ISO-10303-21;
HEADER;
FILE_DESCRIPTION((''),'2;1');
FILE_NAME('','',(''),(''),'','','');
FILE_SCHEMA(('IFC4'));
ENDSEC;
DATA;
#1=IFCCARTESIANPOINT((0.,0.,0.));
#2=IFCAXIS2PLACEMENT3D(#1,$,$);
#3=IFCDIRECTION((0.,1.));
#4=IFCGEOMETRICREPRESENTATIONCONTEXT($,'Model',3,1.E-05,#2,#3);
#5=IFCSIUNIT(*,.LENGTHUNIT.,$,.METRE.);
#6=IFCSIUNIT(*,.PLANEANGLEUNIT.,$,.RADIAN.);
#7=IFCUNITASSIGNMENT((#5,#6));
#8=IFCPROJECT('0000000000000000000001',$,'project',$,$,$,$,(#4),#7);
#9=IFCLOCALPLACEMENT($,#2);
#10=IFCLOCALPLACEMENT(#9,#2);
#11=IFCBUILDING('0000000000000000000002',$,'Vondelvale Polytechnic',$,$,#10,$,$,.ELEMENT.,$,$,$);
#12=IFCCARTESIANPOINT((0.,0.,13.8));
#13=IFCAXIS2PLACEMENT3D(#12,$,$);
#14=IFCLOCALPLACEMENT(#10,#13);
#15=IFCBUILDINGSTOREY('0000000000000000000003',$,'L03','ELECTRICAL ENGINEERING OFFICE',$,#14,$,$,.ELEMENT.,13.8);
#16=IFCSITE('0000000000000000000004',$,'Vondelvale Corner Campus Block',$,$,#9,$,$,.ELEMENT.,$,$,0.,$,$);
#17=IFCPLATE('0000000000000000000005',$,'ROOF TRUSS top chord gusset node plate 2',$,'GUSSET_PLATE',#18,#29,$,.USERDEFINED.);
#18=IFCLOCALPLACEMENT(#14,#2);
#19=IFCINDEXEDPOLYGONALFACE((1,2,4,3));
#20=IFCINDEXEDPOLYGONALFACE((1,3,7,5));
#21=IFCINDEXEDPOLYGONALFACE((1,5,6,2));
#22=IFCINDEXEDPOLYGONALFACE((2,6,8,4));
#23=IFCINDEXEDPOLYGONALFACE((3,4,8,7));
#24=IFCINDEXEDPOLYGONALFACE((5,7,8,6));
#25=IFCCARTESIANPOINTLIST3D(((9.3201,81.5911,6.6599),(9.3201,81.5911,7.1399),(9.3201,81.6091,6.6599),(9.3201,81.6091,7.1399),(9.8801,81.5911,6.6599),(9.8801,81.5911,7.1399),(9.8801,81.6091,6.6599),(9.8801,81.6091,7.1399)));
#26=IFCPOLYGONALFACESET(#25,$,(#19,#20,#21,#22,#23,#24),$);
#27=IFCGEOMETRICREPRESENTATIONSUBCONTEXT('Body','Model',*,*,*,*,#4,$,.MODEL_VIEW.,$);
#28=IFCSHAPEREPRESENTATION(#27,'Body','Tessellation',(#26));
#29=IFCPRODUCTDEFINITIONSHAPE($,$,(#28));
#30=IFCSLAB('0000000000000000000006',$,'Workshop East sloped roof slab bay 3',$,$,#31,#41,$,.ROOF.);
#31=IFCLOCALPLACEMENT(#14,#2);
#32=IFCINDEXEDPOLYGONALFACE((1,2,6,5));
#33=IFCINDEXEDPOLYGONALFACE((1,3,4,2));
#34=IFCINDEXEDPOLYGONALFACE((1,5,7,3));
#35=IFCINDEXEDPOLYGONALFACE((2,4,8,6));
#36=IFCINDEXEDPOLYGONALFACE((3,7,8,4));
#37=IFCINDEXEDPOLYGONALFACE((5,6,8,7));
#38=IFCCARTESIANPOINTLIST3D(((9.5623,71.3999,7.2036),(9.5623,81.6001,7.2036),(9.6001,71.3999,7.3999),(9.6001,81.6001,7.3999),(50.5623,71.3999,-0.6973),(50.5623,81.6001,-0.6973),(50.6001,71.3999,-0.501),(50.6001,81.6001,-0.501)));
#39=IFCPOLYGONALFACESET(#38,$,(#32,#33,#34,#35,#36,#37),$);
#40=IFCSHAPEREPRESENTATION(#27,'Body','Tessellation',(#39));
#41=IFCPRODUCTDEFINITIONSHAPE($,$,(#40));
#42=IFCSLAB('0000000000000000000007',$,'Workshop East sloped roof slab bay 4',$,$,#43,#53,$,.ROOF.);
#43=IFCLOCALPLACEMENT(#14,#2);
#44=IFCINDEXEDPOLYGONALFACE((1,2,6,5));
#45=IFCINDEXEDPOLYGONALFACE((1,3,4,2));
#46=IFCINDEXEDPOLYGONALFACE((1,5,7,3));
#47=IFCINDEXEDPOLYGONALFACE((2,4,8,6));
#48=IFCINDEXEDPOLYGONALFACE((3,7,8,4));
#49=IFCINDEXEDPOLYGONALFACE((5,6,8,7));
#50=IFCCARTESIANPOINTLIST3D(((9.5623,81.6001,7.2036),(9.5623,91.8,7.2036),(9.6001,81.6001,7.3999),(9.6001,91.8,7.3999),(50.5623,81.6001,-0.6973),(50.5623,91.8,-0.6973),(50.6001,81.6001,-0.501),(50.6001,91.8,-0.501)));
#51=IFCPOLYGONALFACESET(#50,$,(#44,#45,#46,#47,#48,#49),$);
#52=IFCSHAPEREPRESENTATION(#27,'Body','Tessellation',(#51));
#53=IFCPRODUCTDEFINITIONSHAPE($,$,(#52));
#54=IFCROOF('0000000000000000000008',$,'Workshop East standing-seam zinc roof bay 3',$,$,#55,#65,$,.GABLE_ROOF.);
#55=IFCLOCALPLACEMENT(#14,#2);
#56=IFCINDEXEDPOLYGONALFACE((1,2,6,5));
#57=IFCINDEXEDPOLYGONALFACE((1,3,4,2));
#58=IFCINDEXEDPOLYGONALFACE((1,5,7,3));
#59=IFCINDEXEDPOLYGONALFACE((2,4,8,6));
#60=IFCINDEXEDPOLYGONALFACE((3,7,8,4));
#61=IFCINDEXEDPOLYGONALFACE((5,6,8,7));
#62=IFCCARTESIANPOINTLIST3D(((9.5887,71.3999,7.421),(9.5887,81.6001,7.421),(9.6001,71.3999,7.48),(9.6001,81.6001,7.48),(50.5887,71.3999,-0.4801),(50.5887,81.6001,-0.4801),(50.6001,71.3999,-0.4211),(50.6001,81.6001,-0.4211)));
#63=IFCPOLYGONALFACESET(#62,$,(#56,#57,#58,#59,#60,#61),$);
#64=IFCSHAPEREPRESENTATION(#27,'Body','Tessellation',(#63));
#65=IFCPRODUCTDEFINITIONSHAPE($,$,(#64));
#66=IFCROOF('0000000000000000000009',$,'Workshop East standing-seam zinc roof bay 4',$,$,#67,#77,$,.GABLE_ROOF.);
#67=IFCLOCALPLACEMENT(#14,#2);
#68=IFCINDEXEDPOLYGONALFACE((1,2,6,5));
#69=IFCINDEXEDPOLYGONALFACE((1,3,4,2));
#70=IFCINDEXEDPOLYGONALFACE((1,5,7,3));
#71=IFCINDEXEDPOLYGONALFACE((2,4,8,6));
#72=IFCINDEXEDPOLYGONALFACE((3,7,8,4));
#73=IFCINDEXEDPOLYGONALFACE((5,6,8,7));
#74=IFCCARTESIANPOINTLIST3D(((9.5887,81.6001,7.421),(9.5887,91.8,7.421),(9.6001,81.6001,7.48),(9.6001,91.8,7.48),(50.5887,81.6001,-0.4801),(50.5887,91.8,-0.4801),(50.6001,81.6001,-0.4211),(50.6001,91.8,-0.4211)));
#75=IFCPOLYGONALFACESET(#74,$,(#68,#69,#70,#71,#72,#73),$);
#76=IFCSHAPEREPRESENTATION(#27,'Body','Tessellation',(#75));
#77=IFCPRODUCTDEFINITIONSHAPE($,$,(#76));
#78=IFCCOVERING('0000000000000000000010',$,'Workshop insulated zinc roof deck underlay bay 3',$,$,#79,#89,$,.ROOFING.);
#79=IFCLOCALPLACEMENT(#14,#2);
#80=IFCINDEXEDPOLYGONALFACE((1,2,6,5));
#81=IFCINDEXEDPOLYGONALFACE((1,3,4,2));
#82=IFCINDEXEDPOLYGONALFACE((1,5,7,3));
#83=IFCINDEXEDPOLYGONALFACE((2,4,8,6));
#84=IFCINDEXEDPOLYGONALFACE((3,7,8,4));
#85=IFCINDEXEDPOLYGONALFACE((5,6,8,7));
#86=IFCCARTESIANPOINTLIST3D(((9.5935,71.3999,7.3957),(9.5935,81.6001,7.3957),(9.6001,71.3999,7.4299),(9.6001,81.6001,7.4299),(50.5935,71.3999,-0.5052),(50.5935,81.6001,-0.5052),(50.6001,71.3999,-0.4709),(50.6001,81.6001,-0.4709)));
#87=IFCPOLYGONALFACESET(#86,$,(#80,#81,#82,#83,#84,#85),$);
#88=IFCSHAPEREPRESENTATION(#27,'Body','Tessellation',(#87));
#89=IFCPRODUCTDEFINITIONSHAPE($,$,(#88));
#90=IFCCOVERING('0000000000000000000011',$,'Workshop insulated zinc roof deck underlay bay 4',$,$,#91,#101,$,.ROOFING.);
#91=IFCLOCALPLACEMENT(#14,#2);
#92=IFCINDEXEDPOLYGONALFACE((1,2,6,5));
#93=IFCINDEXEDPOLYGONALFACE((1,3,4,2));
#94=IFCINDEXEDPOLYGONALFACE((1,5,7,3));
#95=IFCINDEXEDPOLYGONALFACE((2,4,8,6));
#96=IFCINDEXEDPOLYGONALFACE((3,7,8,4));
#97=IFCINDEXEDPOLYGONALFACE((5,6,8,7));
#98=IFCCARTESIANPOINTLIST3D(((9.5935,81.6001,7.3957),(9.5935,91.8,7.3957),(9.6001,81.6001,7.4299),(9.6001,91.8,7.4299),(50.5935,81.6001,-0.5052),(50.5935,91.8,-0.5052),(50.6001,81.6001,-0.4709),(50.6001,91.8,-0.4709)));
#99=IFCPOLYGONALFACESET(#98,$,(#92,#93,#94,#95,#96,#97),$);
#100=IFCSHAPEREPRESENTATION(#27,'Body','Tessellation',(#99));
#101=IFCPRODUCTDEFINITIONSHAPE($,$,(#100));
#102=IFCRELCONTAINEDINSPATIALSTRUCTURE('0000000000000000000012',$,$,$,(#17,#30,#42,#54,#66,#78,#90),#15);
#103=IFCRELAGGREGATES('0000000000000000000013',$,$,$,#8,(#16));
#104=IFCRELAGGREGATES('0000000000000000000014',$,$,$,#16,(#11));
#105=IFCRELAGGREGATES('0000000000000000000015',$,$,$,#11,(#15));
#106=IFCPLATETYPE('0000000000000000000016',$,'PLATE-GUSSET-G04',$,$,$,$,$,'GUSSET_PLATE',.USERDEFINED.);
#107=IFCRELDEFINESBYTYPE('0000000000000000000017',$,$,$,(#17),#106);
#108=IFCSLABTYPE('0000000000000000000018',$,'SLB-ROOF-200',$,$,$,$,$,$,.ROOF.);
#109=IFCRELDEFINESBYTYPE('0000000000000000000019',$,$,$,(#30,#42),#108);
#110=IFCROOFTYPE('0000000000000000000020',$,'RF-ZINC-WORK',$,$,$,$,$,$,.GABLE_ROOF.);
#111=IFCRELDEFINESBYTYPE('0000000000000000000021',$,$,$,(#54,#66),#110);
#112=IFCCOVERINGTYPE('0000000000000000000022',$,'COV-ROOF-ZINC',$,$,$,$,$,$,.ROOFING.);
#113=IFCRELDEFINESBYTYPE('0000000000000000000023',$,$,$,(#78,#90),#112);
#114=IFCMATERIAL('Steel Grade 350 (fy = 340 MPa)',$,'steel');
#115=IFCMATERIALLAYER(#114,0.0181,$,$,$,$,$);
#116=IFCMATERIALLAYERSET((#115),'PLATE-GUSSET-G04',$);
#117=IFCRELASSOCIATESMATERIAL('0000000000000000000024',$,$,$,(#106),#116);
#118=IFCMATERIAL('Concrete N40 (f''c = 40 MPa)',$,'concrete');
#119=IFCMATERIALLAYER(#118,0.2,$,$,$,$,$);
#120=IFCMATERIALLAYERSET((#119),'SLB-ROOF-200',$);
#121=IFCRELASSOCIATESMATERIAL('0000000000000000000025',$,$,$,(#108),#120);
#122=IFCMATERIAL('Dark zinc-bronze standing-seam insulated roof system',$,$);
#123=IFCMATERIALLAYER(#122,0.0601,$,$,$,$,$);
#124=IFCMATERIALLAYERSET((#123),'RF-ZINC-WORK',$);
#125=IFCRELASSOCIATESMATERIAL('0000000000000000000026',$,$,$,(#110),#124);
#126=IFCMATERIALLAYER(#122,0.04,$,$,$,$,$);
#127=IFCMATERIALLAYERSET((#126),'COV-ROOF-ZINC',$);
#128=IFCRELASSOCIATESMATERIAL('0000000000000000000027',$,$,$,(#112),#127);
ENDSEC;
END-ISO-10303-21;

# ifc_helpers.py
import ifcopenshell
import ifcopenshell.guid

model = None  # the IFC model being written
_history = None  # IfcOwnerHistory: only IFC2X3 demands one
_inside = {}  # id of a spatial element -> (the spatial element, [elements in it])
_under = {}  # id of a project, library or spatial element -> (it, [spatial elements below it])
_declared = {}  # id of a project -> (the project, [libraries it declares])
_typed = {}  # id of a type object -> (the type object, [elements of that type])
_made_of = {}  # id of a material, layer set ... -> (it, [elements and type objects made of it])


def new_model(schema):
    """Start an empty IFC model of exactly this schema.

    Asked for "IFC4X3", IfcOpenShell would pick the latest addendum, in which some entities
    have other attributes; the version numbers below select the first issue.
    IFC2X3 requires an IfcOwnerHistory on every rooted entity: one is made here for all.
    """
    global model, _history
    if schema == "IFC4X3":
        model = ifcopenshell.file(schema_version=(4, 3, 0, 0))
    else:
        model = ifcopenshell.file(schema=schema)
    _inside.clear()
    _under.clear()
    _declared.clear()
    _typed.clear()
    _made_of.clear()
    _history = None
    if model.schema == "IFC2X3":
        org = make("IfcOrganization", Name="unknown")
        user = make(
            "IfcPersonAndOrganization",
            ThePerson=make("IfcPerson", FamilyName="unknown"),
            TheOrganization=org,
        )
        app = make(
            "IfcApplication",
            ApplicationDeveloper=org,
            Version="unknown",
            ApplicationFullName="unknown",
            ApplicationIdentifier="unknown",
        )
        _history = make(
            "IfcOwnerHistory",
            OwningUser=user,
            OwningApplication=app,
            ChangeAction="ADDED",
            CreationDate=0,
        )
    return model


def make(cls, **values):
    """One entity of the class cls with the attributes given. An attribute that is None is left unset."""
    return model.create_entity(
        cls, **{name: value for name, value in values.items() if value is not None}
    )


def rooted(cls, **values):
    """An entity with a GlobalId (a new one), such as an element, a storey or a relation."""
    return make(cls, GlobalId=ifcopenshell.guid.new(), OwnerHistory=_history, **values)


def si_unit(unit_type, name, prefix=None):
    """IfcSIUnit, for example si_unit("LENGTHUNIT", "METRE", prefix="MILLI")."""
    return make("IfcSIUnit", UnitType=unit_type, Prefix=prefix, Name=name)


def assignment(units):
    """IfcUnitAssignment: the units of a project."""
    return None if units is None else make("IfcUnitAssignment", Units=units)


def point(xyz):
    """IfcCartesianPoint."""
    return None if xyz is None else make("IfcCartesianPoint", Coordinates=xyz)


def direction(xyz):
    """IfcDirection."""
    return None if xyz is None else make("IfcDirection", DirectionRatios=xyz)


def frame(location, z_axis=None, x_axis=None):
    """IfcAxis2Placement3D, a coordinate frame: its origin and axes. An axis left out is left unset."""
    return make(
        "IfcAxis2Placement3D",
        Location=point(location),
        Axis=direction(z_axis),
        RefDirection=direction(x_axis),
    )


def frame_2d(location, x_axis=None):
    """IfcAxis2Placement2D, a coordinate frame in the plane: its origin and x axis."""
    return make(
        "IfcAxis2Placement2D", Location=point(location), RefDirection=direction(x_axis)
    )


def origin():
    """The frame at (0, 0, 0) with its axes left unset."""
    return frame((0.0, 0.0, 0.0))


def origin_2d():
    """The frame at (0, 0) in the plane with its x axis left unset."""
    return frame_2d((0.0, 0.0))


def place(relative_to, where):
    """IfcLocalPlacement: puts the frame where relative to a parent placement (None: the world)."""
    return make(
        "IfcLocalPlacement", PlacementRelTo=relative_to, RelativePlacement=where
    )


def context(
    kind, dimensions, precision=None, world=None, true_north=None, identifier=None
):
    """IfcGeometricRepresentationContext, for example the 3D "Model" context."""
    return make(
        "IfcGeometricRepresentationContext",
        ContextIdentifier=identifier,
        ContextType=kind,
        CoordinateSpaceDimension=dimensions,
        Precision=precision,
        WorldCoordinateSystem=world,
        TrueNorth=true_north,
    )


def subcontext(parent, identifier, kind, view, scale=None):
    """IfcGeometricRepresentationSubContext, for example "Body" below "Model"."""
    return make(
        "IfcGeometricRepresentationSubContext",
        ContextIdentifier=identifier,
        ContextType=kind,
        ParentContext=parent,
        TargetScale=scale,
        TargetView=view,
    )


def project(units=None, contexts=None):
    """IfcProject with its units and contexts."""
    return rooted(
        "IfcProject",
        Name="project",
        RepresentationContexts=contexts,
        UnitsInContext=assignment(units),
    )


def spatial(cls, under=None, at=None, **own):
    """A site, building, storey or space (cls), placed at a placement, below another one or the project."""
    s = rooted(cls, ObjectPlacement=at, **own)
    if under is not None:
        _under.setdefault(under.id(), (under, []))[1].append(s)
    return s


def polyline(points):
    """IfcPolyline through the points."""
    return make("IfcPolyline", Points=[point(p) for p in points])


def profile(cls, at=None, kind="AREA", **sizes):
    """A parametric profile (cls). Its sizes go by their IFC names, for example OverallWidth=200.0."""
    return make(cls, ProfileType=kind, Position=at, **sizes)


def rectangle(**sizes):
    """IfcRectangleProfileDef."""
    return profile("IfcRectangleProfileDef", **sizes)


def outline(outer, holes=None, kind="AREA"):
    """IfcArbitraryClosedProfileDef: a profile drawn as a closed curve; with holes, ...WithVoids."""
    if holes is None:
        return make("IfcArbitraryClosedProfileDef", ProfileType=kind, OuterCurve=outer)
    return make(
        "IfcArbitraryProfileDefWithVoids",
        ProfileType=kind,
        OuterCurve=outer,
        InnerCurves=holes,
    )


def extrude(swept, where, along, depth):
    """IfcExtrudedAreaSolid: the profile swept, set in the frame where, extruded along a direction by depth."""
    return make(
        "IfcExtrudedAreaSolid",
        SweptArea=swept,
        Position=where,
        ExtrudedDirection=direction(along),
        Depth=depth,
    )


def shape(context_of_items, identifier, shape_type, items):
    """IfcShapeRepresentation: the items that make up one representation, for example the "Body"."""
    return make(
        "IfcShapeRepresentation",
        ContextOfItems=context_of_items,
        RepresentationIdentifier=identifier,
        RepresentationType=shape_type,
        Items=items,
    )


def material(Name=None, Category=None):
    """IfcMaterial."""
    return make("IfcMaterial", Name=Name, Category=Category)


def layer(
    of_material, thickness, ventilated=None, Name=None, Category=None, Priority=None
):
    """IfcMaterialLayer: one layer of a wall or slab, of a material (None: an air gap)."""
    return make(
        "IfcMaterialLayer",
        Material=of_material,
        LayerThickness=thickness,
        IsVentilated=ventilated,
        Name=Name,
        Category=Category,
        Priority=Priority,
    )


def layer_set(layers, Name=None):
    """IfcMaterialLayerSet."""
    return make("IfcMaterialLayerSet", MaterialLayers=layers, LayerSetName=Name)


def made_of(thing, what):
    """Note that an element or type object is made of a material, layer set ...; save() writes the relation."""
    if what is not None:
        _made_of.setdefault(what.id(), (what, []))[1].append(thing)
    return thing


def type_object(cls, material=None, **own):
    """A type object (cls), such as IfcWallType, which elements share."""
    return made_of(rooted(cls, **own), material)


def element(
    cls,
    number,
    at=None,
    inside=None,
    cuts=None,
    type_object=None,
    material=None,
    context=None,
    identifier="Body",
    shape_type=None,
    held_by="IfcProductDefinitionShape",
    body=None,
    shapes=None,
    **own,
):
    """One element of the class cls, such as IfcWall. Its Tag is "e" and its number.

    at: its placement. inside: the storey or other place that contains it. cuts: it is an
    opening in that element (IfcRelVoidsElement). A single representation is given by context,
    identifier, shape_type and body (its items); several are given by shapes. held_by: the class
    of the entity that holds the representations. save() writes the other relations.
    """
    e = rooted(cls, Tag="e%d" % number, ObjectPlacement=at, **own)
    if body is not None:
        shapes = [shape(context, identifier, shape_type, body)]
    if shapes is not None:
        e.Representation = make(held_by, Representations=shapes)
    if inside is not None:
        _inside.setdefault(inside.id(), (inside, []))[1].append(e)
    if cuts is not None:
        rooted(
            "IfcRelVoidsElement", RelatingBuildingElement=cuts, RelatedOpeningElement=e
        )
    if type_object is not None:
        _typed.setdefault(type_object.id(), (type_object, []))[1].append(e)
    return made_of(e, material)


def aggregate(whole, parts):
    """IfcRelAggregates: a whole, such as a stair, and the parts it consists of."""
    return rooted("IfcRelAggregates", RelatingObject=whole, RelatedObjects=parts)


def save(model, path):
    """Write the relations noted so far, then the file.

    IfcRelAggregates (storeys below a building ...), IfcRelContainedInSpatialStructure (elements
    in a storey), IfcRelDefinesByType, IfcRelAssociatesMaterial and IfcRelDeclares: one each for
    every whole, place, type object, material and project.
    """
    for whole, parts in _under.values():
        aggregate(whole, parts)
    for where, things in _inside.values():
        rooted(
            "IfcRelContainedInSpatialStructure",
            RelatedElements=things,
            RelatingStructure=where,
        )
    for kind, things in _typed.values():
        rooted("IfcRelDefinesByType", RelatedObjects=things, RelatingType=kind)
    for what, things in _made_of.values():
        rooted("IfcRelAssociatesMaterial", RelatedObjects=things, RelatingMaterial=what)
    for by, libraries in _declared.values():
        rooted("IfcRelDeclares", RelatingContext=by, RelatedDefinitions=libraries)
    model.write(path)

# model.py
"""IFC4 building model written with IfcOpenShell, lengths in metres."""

from ifc_helpers import new_model, si_unit, direction, frame, origin, origin_2d, place, context, subcontext, project, spatial, polyline, rectangle, outline, extrude, material, layer, layer_set, type_object, element, save


model = new_model("IFC4")

# Units and contexts
model_context = context("Model", 3, precision=1e-05, world=origin(), true_north=direction((0.0, 1.0)))
body_context = subcontext(model_context, "Body", "Model", "MODEL_VIEW")
ifc_project = project(units=[si_unit("LENGTHUNIT", "METRE"), si_unit("PLANEANGLEUNIT", "RADIAN")], contexts=[model_context])

# Site, building, storey
site_placement = place(None, origin())
site = spatial("IfcSite", under=ifc_project, at=site_placement, Name="Vondelvale Corner Campus Block", CompositionType="ELEMENT", RefElevation=0.0)
building_placement = place(site_placement, origin())
building = spatial("IfcBuilding", under=site, at=building_placement, Name="Vondelvale Polytechnic", CompositionType="ELEMENT")
storey_placement = place(building_placement, frame((0.0, 0.0, 13.8)))
storey = spatial("IfcBuildingStorey", under=building, at=storey_placement, Name="L03", Description="ELECTRICAL ENGINEERING OFFICE", CompositionType="ELEMENT", Elevation=13.8)

# Plate
ifc_material_1 = material(Name="Steel Grade 350 (fy = 340 MPa)", Category="steel")
ifc_layer_1 = layer(ifc_material_1, 0.0181)
ifc_layer_set_1 = layer_set([ifc_layer_1], Name="PLATE-GUSSET-G04")
plate_type_1 = type_object("IfcPlateType", Name="PLATE-GUSSET-G04", ElementType="GUSSET_PLATE", PredefinedType="USERDEFINED", material=ifc_layer_set_1)
plate_placement = place(storey_placement, frame((9.6001, 81.6001, 6.6599), z_axis=(0.0, 0.0, 1.0), x_axis=(1.0, 0.0, 0.0)))
element("IfcPlate", 1, at=plate_placement, inside=storey, type_object=plate_type_1, Name="ROOF TRUSS top chord gusset node plate 2", ObjectType="GUSSET_PLATE", PredefinedType="USERDEFINED", context=body_context, shape_type="SweptSolid", body=[
    extrude(rectangle(XDim=0.5601, YDim=0.0181, at=origin_2d()), origin(), (0.0, 0.0, 1.0), 0.48),
])

# Slabs
ifc_material_2 = material(Name="Concrete N40 (f'c = 40 MPa)", Category="concrete")
ifc_layer_2 = layer(ifc_material_2, 0.2)
ifc_layer_set_2 = layer_set([ifc_layer_2], Name="SLB-ROOF-200")
slab_type = type_object("IfcSlabType", Name="SLB-ROOF-200", PredefinedType="ROOF", material=ifc_layer_set_2)
slab_1_placement = place(storey_placement, frame((9.6001, 71.3999, 7.3999), z_axis=(0.189223, 0.0, 0.981934), x_axis=(0.981934, 0.0, -0.189223)))
element("IfcSlab", 2, at=slab_1_placement, inside=storey, type_object=slab_type, Name="Workshop East sloped roof slab bay 3", PredefinedType="ROOF", context=body_context, shape_type="SweptSolid", body=[
    extrude(outline(polyline([(0.0, 0.0), (41.7543, 0.0), (41.7543, 10.2002), (0.0, 10.2002), (0.0, 0.0)])), origin(), (0.0, 0.0, -1.0), 0.2),
])
slab_2_placement = place(storey_placement, frame((9.6001, 81.6001, 7.3999), z_axis=(0.189223, 0.0, 0.981934), x_axis=(0.981934, 0.0, -0.189223)))
element("IfcSlab", 3, at=slab_2_placement, inside=storey, type_object=slab_type, Name="Workshop East sloped roof slab bay 4", PredefinedType="ROOF", context=body_context, shape_type="SweptSolid", body=[
    extrude(outline(polyline([(0.0, 0.0), (41.7543, 0.0), (41.7543, 10.2), (0.0, 10.2), (0.0, 0.0)])), origin(), (0.0, 0.0, -1.0), 0.2),
])

# Roofs
ifc_material_3 = material(Name="Dark zinc-bronze standing-seam insulated roof system")
ifc_layer_3 = layer(ifc_material_3, 0.0601)
ifc_layer_set_3 = layer_set([ifc_layer_3], Name="RF-ZINC-WORK")
roof_type = type_object("IfcRoofType", Name="RF-ZINC-WORK", PredefinedType="GABLE_ROOF", material=ifc_layer_set_3)
roof_1_placement = place(storey_placement, frame((9.6001, 71.3999, 7.48), z_axis=(0.189229, 0.0, 0.981933), x_axis=(0.981933, 0.0, -0.189229)))
element("IfcRoof", 4, at=roof_1_placement, inside=storey, type_object=roof_type, Name="Workshop East standing-seam zinc roof bay 3", PredefinedType="GABLE_ROOF", context=body_context, shape_type="SweptSolid", body=[
    extrude(outline(polyline([(0.0, 0.0), (41.7544, 0.0), (41.7544, 10.2002), (0.0, 10.2002), (0.0, 0.0)])), origin(), (0.0, 0.0, -1.0), 0.0601),
])
roof_2_placement = place(storey_placement, frame((9.6001, 81.6001, 7.48), z_axis=(0.189229, 0.0, 0.981933), x_axis=(0.981933, 0.0, -0.189229)))
element("IfcRoof", 5, at=roof_2_placement, inside=storey, type_object=roof_type, Name="Workshop East standing-seam zinc roof bay 4", PredefinedType="GABLE_ROOF", context=body_context, shape_type="SweptSolid", body=[
    extrude(outline(polyline([(0.0, 0.0), (41.7544, 0.0), (41.7544, 10.2), (0.0, 10.2), (0.0, 0.0)])), origin(), (0.0, 0.0, -1.0), 0.0601),
])

# Coverings
ifc_layer_4 = layer(ifc_material_3, 0.04)
ifc_layer_set_4 = layer_set([ifc_layer_4], Name="COV-ROOF-ZINC")
covering_type = type_object("IfcCoveringType", Name="COV-ROOF-ZINC", PredefinedType="ROOFING", material=ifc_layer_set_4)
covering_1_placement = place(storey_placement, frame((9.6001, 71.3999, 7.4299), z_axis=(0.189223, 0.0, 0.981934), x_axis=(0.981934, 0.0, -0.189223)))
element("IfcCovering", 6, at=covering_1_placement, inside=storey, type_object=covering_type, Name="Workshop insulated zinc roof deck underlay bay 3", PredefinedType="ROOFING", context=body_context, shape_type="SweptSolid", body=[
    extrude(outline(polyline([(0.0, 0.0), (41.7543, 0.0), (41.7543, 10.2002), (0.0, 10.2002), (0.0, 0.0)])), origin(), (0.0, 0.0, -1.0), 0.0349),
])
covering_2_placement = place(storey_placement, frame((9.6001, 81.6001, 7.4299), z_axis=(0.189223, 0.0, 0.981934), x_axis=(0.981934, 0.0, -0.189223)))
element("IfcCovering", 7, at=covering_2_placement, inside=storey, type_object=covering_type, Name="Workshop insulated zinc roof deck underlay bay 4", PredefinedType="ROOFING", context=body_context, shape_type="SweptSolid", body=[
    extrude(outline(polyline([(0.0, 0.0), (41.7543, 0.0), (41.7543, 10.2), (0.0, 10.2), (0.0, 0.0)])), origin(), (0.0, 0.0, -1.0), 0.0349),
])

save(model, "model.ifc")
